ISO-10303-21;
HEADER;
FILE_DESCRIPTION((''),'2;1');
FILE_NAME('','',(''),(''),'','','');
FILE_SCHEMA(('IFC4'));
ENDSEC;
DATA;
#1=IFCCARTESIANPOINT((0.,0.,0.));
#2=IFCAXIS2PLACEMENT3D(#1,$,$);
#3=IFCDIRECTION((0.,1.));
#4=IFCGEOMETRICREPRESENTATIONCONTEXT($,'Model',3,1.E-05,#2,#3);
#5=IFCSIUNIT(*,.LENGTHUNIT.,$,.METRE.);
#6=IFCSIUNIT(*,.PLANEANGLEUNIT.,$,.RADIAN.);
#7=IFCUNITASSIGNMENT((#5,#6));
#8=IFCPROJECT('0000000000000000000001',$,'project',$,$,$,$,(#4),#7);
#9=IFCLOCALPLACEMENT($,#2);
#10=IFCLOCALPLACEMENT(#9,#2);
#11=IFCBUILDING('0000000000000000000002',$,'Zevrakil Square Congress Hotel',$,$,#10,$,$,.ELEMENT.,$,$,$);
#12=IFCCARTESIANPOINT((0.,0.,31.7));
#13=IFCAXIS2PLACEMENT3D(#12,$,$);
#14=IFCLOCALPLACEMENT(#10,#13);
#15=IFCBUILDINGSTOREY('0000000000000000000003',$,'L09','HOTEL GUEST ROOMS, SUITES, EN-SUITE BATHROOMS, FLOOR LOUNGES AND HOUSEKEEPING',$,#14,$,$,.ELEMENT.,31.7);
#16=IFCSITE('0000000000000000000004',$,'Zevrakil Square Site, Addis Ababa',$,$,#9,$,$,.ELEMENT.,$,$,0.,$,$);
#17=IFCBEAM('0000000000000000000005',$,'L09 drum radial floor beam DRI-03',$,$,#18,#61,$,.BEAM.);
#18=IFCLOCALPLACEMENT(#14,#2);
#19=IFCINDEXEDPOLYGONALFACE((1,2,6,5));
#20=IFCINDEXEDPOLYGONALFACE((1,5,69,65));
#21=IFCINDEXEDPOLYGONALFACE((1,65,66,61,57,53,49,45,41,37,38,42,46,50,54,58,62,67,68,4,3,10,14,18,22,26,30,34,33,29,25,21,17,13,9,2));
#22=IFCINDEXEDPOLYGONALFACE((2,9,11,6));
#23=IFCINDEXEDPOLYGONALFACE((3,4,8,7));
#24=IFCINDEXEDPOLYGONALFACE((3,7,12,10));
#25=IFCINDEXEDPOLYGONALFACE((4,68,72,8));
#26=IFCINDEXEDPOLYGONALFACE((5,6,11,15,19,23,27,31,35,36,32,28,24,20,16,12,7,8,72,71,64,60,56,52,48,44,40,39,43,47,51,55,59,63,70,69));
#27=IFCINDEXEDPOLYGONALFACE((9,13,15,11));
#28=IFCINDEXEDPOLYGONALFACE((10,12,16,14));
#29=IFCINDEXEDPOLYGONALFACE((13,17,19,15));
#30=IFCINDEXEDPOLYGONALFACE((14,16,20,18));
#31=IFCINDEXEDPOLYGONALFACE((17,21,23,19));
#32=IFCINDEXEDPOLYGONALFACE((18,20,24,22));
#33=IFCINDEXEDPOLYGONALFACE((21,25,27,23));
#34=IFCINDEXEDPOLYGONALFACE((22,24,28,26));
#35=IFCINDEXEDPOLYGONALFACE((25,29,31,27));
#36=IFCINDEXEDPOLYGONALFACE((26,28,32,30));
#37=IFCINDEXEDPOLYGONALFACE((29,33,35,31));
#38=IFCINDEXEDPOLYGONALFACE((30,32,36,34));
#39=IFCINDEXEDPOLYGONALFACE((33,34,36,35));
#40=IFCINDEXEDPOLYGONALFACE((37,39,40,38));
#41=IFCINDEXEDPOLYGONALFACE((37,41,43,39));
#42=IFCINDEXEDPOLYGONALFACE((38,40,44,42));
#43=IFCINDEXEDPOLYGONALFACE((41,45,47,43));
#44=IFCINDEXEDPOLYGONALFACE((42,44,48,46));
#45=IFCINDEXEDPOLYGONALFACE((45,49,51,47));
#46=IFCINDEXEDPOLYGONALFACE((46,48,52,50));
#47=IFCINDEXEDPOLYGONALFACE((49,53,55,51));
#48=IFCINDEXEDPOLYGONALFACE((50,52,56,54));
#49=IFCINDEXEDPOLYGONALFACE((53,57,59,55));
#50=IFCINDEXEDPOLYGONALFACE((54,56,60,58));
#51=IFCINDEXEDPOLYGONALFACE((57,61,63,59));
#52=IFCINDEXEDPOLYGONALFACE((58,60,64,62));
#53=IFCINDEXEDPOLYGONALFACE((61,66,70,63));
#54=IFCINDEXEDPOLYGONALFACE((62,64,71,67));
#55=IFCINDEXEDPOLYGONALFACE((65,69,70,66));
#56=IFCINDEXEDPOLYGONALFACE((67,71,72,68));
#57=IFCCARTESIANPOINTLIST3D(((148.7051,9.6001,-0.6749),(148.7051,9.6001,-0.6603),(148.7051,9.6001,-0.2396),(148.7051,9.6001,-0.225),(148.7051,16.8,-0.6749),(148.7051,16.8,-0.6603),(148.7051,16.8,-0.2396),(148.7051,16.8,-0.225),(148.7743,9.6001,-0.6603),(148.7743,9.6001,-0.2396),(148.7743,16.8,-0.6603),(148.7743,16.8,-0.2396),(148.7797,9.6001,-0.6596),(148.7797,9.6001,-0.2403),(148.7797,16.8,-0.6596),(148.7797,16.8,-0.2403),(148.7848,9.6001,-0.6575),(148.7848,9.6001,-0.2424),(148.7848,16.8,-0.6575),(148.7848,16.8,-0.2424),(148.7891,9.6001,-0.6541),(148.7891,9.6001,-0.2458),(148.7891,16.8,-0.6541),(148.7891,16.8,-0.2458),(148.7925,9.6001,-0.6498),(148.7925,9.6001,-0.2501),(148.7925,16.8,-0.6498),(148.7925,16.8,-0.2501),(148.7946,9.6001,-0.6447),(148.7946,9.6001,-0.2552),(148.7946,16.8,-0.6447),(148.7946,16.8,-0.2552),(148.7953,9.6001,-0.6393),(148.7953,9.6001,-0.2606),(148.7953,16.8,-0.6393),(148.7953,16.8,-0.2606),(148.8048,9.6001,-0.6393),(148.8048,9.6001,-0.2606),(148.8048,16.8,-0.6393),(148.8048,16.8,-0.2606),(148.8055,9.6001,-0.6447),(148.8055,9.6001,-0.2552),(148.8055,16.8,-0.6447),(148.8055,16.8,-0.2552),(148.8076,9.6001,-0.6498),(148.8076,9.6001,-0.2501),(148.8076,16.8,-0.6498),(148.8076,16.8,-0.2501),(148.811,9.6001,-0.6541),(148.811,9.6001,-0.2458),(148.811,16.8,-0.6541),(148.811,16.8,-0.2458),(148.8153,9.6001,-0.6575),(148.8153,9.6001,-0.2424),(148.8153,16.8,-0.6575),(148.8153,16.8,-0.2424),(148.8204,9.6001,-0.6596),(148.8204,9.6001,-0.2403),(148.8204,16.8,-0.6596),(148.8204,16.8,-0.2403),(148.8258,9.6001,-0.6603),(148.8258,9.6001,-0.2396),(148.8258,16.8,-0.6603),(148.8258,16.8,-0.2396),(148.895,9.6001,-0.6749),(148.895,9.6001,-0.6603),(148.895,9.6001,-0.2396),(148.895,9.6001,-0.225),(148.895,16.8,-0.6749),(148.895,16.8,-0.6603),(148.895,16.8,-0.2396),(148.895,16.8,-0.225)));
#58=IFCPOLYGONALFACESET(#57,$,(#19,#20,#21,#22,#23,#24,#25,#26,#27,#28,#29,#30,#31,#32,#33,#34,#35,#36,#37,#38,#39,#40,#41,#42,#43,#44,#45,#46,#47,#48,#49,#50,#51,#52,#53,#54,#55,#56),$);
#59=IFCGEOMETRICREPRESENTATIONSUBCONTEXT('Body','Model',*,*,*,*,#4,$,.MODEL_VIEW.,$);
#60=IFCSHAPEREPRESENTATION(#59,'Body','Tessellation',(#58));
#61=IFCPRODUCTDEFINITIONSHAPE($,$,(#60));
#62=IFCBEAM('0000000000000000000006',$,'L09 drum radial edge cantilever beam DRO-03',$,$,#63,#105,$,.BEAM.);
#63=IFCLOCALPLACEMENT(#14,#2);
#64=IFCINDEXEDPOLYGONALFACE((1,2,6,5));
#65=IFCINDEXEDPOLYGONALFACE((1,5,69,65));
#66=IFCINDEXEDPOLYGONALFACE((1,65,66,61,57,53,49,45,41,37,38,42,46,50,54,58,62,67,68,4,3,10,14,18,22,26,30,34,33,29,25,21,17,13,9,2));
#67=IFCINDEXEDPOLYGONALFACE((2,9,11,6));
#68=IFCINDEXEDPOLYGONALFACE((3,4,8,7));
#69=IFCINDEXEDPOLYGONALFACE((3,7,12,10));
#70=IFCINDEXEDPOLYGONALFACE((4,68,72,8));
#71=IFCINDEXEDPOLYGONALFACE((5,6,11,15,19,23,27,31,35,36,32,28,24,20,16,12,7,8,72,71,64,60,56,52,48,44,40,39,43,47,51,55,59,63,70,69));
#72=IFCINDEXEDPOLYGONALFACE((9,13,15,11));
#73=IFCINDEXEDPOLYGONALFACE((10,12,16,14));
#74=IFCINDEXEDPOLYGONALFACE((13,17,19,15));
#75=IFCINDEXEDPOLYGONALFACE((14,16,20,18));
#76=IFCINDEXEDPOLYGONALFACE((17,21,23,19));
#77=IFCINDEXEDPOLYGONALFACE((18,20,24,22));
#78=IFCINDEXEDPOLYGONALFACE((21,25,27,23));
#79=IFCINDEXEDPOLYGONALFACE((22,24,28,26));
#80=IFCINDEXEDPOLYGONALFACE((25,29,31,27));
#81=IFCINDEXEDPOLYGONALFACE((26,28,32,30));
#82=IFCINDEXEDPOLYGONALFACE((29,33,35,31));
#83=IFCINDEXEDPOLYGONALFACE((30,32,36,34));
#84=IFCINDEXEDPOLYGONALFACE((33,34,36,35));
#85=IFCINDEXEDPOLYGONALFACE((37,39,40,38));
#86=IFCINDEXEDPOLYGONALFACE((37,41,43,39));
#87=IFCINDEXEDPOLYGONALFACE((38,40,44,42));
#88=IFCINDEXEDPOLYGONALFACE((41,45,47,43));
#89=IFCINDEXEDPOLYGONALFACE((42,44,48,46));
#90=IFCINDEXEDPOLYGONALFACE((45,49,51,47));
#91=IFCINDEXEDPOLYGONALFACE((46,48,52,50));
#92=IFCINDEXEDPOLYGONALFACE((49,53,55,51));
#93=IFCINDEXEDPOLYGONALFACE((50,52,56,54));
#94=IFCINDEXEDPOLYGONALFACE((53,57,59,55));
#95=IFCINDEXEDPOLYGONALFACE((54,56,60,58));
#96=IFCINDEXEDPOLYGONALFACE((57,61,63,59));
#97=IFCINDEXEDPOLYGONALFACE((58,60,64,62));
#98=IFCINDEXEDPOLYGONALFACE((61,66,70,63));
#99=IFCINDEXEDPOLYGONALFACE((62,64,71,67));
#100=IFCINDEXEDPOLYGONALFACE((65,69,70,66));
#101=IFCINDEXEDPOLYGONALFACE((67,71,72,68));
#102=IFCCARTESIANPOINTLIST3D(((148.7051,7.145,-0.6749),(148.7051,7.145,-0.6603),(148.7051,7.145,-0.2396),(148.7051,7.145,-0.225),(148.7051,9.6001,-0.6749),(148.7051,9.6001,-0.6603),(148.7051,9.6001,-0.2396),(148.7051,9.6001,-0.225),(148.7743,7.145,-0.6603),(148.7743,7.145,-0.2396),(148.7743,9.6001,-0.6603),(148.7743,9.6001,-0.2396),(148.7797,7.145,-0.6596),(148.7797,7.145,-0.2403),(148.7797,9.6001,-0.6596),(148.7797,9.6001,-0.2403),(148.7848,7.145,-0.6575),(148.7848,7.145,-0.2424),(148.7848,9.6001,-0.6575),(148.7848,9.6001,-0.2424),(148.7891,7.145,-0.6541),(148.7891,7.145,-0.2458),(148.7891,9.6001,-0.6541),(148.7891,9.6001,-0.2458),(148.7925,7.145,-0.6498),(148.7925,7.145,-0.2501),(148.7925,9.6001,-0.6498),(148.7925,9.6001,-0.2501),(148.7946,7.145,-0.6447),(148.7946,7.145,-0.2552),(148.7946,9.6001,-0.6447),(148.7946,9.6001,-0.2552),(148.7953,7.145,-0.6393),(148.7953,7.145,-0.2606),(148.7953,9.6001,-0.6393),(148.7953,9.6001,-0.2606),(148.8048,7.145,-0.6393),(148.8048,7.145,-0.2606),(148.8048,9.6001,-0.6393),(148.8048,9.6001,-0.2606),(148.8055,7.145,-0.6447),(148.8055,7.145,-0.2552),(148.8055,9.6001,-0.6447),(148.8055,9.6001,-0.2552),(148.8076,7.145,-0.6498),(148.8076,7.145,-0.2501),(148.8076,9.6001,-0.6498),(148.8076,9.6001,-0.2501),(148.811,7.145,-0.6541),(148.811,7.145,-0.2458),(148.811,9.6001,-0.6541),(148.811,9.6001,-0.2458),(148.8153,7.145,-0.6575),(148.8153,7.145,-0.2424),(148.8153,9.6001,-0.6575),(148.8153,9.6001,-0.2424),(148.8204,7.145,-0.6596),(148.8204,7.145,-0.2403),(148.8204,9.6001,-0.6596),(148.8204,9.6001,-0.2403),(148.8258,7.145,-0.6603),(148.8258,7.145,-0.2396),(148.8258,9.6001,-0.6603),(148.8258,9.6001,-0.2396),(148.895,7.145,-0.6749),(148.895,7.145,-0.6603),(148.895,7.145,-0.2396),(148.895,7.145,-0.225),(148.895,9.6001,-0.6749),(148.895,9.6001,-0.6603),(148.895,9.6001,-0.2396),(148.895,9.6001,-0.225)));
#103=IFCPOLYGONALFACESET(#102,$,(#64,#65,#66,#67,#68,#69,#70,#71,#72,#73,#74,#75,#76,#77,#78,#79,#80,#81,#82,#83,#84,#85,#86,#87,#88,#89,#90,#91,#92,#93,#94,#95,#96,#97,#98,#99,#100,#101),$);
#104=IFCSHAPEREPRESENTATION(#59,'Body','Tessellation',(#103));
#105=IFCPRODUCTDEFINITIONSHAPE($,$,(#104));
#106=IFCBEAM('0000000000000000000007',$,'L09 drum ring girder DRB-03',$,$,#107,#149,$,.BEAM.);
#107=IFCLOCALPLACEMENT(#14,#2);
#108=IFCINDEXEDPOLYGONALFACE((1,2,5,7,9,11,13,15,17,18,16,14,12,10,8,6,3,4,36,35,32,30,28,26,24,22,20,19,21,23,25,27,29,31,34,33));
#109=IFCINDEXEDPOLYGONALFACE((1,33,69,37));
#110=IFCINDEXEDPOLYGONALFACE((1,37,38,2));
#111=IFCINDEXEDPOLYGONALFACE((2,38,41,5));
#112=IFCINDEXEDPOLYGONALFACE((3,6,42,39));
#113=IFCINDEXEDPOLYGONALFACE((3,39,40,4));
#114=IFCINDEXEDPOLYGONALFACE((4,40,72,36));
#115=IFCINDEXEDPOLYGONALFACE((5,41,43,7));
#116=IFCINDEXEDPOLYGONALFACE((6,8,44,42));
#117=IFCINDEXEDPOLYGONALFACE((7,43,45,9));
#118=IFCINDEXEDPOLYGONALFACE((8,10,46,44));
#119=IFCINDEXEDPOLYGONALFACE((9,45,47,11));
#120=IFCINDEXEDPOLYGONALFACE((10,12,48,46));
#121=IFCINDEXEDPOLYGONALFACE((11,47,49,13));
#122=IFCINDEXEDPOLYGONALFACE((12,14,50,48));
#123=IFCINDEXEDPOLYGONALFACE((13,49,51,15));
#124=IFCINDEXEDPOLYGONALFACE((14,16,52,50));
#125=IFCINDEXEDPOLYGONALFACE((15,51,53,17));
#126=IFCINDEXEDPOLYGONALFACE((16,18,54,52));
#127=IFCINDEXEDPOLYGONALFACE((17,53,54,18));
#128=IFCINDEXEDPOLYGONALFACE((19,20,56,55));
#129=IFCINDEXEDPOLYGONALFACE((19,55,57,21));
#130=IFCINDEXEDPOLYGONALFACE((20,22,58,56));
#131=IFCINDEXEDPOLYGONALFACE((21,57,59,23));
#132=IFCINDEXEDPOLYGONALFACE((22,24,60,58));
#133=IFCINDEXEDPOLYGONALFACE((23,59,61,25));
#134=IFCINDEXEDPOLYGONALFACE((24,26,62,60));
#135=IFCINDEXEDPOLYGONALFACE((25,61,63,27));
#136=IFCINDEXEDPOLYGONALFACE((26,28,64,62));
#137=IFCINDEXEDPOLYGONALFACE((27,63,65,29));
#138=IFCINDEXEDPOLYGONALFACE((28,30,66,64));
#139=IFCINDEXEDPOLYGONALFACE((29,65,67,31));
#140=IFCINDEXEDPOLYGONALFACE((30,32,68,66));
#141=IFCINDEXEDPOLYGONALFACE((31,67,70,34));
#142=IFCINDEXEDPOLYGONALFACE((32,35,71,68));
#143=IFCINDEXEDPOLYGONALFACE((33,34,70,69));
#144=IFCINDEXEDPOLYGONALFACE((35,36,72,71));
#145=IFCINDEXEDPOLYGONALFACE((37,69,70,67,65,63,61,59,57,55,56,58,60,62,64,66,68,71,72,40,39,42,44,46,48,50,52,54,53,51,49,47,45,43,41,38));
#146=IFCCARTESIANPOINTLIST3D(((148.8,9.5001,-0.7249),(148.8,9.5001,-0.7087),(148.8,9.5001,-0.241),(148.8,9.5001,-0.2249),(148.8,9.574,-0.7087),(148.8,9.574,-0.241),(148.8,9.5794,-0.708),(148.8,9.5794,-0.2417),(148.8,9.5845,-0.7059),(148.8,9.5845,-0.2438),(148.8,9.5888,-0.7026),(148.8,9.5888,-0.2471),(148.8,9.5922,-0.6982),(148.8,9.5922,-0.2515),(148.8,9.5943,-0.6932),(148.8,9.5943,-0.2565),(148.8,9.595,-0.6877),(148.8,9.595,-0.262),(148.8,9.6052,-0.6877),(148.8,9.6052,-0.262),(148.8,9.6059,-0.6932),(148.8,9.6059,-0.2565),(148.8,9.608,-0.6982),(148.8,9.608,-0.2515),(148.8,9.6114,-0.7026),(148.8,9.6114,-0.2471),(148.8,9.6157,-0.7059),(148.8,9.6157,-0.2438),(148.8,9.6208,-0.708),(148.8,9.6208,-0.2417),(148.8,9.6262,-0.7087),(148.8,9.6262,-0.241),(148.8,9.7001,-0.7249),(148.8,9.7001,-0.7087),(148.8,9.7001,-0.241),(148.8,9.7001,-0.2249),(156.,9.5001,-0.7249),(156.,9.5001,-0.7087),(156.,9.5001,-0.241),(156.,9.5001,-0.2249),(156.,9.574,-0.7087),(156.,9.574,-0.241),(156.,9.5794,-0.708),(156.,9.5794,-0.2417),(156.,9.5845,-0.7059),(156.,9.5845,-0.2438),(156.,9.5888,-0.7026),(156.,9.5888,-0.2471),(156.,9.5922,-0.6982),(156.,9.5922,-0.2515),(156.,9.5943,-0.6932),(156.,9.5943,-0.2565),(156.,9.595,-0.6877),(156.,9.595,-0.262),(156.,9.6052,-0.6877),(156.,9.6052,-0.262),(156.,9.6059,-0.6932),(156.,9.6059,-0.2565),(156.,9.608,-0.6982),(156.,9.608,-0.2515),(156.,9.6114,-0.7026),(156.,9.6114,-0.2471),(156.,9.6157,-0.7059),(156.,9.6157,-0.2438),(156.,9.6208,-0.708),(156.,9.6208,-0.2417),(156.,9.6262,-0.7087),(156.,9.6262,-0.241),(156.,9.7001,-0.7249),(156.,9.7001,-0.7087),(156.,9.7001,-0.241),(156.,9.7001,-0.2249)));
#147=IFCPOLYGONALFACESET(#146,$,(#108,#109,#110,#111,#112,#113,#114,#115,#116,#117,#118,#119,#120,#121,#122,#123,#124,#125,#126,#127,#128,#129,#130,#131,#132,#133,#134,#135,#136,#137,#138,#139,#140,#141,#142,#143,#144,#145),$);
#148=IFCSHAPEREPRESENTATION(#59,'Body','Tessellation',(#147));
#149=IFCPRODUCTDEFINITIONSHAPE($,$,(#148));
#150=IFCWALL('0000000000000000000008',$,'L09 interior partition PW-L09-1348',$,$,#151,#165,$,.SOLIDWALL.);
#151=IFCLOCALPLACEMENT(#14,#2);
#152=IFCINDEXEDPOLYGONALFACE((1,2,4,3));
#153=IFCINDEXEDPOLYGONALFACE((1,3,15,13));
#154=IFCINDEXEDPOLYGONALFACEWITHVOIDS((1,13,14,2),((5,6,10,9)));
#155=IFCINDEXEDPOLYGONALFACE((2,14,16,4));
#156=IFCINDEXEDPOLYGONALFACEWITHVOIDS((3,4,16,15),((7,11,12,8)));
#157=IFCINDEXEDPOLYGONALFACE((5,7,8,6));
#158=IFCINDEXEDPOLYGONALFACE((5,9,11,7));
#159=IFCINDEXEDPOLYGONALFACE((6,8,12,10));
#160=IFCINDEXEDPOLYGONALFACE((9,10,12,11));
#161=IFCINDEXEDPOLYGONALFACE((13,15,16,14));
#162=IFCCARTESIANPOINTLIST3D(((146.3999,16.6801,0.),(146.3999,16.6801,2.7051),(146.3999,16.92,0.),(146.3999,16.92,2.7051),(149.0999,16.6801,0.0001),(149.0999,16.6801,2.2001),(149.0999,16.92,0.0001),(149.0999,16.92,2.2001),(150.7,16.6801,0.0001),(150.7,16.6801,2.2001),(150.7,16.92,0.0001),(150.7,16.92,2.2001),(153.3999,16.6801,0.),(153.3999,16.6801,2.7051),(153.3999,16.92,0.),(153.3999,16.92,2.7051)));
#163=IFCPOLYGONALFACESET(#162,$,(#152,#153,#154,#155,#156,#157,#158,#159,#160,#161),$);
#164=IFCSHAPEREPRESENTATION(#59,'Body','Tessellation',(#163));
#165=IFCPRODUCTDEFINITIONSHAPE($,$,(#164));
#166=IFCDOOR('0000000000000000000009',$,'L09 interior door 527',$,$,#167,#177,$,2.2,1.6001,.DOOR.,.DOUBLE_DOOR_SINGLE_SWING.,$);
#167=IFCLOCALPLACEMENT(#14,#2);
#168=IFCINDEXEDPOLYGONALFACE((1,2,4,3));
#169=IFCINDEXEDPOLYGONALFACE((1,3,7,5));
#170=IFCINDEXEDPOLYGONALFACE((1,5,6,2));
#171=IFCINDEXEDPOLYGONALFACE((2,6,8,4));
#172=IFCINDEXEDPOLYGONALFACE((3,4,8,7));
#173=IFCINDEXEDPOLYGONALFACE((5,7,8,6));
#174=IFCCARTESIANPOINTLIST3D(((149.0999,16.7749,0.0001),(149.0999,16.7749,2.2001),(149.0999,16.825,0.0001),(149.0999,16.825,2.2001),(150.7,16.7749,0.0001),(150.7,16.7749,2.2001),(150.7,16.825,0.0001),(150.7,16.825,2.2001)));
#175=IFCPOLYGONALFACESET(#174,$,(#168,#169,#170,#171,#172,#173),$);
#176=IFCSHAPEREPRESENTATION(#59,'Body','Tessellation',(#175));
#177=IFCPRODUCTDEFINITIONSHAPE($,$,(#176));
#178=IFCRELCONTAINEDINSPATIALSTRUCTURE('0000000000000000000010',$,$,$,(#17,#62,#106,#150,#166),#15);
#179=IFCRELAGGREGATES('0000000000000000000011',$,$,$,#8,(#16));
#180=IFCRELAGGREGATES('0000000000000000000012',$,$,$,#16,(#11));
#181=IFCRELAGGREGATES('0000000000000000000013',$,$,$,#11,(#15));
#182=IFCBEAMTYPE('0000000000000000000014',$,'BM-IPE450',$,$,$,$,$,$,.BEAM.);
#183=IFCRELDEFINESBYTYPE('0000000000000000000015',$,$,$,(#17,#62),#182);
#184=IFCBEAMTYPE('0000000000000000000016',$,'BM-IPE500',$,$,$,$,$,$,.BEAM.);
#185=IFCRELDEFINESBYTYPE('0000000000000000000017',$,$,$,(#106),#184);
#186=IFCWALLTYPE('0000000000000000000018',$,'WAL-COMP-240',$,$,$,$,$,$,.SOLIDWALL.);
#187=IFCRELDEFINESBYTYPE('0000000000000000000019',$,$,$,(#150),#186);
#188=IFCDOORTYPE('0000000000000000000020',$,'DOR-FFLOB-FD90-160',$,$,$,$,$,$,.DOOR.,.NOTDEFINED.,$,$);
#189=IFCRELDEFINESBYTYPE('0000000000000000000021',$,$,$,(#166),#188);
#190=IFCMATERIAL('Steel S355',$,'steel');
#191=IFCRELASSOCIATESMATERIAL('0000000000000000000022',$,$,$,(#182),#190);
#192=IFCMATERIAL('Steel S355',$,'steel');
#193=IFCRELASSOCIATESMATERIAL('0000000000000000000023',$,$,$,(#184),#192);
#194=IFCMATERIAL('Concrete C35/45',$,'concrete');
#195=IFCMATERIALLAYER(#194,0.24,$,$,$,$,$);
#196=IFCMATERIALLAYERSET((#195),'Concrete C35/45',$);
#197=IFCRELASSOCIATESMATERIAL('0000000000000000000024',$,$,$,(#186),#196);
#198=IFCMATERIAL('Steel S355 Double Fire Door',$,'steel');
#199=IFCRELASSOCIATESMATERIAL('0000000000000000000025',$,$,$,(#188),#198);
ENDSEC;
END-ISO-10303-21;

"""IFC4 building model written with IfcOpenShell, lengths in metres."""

from ifc_helpers import new_model, si_unit, direction, frame, frame_2d, origin, origin_2d, place, context, subcontext, project, spatial, rectangle, i_section, extrude, material, layer, layer_set, material_profile, profile_set, type_object, element, fill, save


model = new_model("IFC4")

# Units and contexts
model_context = context("Model", 3, precision=1e-05, world=origin(), true_north=direction((0.0, 1.0)))
body_context = subcontext(model_context, "Body", "Model", "MODEL_VIEW")
ifc_project = project(units=[si_unit("LENGTHUNIT", "METRE"), si_unit("PLANEANGLEUNIT", "RADIAN")], contexts=[model_context])

# Site, building, storey
site_placement = place(None, origin())
site = spatial("IfcSite", under=ifc_project, at=site_placement, Name="Zevrakil Square Site, Addis Ababa", CompositionType="ELEMENT", RefElevation=0.0)
building_placement = place(site_placement, origin())
building = spatial("IfcBuilding", under=site, at=building_placement, Name="Zevrakil Square Congress Hotel", CompositionType="ELEMENT")
storey_placement = place(building_placement, frame((0.0, 0.0, 31.7)))
storey = spatial("IfcBuildingStorey", under=building, at=storey_placement, Name="L09", Description="HOTEL GUEST ROOMS, SUITES, EN-SUITE BATHROOMS, FLOOR LOUNGES AND HOUSEKEEPING", CompositionType="ELEMENT", Elevation=31.7)

# Beams
ifc_material_1 = material(Name="Steel S355", Category="steel")
ifc_material_profile_1 = material_profile(ifc_material_1, i_section(OverallWidth=0.1899, OverallDepth=0.45, WebThickness=0.0095, FlangeThickness=0.0146, FilletRadius=0.021, at=origin_2d()), Name="IPE 450")
ifc_profile_set_1 = profile_set([ifc_material_profile_1], Name="Steel S355")
beam_type_1 = type_object("IfcBeamType", Name="BM-IPE450", PredefinedType="BEAM", material=ifc_profile_set_1)
beam_1_placement = place(storey_placement, frame((148.8, 16.8, -0.45), z_axis=(0.0, -1.0, 0.0), x_axis=(1.0, 0.0, 0.0)))
element("IfcBeam", 1, at=beam_1_placement, inside=storey, type_object=beam_type_1, Name="L09 drum radial floor beam DRI-03", PredefinedType="BEAM", context=body_context, shape_type="SweptSolid", body=[
    extrude(i_section(OverallWidth=0.1899, OverallDepth=0.45, WebThickness=0.0095, FlangeThickness=0.0146, FilletRadius=0.021, at=origin_2d()), origin(), (0.0, 0.0, 1.0), 7.2),
])
beam_2_placement = place(storey_placement, frame((148.8, 9.6001, -0.45), z_axis=(0.0, -1.0, 0.0), x_axis=(1.0, 0.0, 0.0)))
element("IfcBeam", 2, at=beam_2_placement, inside=storey, type_object=beam_type_1, Name="L09 drum radial edge cantilever beam DRO-03", PredefinedType="BEAM", context=body_context, shape_type="SweptSolid", body=[
    extrude(i_section(OverallWidth=0.1899, OverallDepth=0.45, WebThickness=0.0095, FlangeThickness=0.0146, FilletRadius=0.021, at=origin_2d()), origin(), (0.0, 0.0, 1.0), 2.4551),
])
ifc_material_2 = material(Name="Steel S355", Category="steel")
ifc_material_profile_2 = material_profile(ifc_material_2, i_section(OverallWidth=0.2, OverallDepth=0.5, WebThickness=0.0103, FlangeThickness=0.0161, FilletRadius=0.021, at=origin_2d()), Name="IPE 500")
ifc_profile_set_2 = profile_set([ifc_material_profile_2], Name="Steel S355")
beam_type_2 = type_object("IfcBeamType", Name="BM-IPE500", PredefinedType="BEAM", material=ifc_profile_set_2)
beam_3_placement = place(storey_placement, frame((148.8, 9.6001, -0.4749), z_axis=(1.0, 0.0, 0.0), x_axis=(0.0, 1.0, 0.0)))
element("IfcBeam", 3, at=beam_3_placement, inside=storey, type_object=beam_type_2, Name="L09 drum ring girder DRB-03", PredefinedType="BEAM", context=body_context, shape_type="SweptSolid", body=[
    extrude(i_section(OverallWidth=0.2, OverallDepth=0.5, WebThickness=0.0103, FlangeThickness=0.0161, FilletRadius=0.021, at=origin_2d()), origin(), (0.0, 0.0, 1.0), 7.2),
])

# Wall, opening, door
ifc_material_3 = material(Name="Concrete C35/45", Category="concrete")
ifc_layer_1 = layer(ifc_material_3, 0.24)
ifc_layer_set_1 = layer_set([ifc_layer_1], Name="Concrete C35/45")
wall_type_1 = type_object("IfcWallType", Name="WAL-COMP-240", PredefinedType="SOLIDWALL", material=ifc_layer_set_1)
wall_1_placement = place(storey_placement, frame((146.3999, 16.8, 0.0), z_axis=(0.0, 0.0, 1.0), x_axis=(1.0, 0.0, 0.0)))
wall_1 = element("IfcWall", 4, at=wall_1_placement, inside=storey, type_object=wall_type_1, Name="L09 interior partition PW-L09-1348", PredefinedType="SOLIDWALL", context=body_context, shape_type="SweptSolid", body=[
    extrude(rectangle(XDim=7.0, YDim=0.24, at=frame_2d((3.5, 0.0))), origin(), (0.0, 0.0, 1.0), 2.7051),
])
opening_1_placement = place(wall_1_placement, frame((2.7, 0.0, 0.0)))
opening_1 = element("IfcOpeningElement", 5, at=opening_1_placement, cuts=wall_1, PredefinedType="OPENING", context=body_context, shape_type="SweptSolid", body=[
    extrude(rectangle(XDim=1.6001, YDim=2.2, at=frame_2d((0.8, 1.1001))), frame((0.0, 0.1299, 0.0), z_axis=(0.0, -1.0, 0.0), x_axis=(1.0, 0.0, 0.0)), (0.0, 0.0, 1.0), 0.26),
])
ifc_material_4 = material(Name="Steel S355 Double Fire Door", Category="steel")
door_type_1 = type_object("IfcDoorType", Name="DOR-FFLOB-FD90-160", OperationType="NOTDEFINED", PredefinedType="DOOR", material=ifc_material_4)
door_1_placement = place(opening_1_placement, origin())
door_1 = element("IfcDoor", 6, at=door_1_placement, inside=storey, type_object=door_type_1, Name="L09 interior door 527", OperationType="DOUBLE_DOOR_SINGLE_SWING", OverallHeight=2.2, OverallWidth=1.6001, PredefinedType="DOOR", context=body_context, shape_type="SweptSolid", body=[
    extrude(rectangle(XDim=1.6001, YDim=2.2, at=frame_2d((0.8, 1.1001))), frame((0.0, 0.0249, 0.0), z_axis=(0.0, -1.0, 0.0), x_axis=(1.0, 0.0, 0.0)), (0.0, 0.0, 1.0), 0.05),
])
fill(opening_1, door_1)

save(model, "model.ifc")
